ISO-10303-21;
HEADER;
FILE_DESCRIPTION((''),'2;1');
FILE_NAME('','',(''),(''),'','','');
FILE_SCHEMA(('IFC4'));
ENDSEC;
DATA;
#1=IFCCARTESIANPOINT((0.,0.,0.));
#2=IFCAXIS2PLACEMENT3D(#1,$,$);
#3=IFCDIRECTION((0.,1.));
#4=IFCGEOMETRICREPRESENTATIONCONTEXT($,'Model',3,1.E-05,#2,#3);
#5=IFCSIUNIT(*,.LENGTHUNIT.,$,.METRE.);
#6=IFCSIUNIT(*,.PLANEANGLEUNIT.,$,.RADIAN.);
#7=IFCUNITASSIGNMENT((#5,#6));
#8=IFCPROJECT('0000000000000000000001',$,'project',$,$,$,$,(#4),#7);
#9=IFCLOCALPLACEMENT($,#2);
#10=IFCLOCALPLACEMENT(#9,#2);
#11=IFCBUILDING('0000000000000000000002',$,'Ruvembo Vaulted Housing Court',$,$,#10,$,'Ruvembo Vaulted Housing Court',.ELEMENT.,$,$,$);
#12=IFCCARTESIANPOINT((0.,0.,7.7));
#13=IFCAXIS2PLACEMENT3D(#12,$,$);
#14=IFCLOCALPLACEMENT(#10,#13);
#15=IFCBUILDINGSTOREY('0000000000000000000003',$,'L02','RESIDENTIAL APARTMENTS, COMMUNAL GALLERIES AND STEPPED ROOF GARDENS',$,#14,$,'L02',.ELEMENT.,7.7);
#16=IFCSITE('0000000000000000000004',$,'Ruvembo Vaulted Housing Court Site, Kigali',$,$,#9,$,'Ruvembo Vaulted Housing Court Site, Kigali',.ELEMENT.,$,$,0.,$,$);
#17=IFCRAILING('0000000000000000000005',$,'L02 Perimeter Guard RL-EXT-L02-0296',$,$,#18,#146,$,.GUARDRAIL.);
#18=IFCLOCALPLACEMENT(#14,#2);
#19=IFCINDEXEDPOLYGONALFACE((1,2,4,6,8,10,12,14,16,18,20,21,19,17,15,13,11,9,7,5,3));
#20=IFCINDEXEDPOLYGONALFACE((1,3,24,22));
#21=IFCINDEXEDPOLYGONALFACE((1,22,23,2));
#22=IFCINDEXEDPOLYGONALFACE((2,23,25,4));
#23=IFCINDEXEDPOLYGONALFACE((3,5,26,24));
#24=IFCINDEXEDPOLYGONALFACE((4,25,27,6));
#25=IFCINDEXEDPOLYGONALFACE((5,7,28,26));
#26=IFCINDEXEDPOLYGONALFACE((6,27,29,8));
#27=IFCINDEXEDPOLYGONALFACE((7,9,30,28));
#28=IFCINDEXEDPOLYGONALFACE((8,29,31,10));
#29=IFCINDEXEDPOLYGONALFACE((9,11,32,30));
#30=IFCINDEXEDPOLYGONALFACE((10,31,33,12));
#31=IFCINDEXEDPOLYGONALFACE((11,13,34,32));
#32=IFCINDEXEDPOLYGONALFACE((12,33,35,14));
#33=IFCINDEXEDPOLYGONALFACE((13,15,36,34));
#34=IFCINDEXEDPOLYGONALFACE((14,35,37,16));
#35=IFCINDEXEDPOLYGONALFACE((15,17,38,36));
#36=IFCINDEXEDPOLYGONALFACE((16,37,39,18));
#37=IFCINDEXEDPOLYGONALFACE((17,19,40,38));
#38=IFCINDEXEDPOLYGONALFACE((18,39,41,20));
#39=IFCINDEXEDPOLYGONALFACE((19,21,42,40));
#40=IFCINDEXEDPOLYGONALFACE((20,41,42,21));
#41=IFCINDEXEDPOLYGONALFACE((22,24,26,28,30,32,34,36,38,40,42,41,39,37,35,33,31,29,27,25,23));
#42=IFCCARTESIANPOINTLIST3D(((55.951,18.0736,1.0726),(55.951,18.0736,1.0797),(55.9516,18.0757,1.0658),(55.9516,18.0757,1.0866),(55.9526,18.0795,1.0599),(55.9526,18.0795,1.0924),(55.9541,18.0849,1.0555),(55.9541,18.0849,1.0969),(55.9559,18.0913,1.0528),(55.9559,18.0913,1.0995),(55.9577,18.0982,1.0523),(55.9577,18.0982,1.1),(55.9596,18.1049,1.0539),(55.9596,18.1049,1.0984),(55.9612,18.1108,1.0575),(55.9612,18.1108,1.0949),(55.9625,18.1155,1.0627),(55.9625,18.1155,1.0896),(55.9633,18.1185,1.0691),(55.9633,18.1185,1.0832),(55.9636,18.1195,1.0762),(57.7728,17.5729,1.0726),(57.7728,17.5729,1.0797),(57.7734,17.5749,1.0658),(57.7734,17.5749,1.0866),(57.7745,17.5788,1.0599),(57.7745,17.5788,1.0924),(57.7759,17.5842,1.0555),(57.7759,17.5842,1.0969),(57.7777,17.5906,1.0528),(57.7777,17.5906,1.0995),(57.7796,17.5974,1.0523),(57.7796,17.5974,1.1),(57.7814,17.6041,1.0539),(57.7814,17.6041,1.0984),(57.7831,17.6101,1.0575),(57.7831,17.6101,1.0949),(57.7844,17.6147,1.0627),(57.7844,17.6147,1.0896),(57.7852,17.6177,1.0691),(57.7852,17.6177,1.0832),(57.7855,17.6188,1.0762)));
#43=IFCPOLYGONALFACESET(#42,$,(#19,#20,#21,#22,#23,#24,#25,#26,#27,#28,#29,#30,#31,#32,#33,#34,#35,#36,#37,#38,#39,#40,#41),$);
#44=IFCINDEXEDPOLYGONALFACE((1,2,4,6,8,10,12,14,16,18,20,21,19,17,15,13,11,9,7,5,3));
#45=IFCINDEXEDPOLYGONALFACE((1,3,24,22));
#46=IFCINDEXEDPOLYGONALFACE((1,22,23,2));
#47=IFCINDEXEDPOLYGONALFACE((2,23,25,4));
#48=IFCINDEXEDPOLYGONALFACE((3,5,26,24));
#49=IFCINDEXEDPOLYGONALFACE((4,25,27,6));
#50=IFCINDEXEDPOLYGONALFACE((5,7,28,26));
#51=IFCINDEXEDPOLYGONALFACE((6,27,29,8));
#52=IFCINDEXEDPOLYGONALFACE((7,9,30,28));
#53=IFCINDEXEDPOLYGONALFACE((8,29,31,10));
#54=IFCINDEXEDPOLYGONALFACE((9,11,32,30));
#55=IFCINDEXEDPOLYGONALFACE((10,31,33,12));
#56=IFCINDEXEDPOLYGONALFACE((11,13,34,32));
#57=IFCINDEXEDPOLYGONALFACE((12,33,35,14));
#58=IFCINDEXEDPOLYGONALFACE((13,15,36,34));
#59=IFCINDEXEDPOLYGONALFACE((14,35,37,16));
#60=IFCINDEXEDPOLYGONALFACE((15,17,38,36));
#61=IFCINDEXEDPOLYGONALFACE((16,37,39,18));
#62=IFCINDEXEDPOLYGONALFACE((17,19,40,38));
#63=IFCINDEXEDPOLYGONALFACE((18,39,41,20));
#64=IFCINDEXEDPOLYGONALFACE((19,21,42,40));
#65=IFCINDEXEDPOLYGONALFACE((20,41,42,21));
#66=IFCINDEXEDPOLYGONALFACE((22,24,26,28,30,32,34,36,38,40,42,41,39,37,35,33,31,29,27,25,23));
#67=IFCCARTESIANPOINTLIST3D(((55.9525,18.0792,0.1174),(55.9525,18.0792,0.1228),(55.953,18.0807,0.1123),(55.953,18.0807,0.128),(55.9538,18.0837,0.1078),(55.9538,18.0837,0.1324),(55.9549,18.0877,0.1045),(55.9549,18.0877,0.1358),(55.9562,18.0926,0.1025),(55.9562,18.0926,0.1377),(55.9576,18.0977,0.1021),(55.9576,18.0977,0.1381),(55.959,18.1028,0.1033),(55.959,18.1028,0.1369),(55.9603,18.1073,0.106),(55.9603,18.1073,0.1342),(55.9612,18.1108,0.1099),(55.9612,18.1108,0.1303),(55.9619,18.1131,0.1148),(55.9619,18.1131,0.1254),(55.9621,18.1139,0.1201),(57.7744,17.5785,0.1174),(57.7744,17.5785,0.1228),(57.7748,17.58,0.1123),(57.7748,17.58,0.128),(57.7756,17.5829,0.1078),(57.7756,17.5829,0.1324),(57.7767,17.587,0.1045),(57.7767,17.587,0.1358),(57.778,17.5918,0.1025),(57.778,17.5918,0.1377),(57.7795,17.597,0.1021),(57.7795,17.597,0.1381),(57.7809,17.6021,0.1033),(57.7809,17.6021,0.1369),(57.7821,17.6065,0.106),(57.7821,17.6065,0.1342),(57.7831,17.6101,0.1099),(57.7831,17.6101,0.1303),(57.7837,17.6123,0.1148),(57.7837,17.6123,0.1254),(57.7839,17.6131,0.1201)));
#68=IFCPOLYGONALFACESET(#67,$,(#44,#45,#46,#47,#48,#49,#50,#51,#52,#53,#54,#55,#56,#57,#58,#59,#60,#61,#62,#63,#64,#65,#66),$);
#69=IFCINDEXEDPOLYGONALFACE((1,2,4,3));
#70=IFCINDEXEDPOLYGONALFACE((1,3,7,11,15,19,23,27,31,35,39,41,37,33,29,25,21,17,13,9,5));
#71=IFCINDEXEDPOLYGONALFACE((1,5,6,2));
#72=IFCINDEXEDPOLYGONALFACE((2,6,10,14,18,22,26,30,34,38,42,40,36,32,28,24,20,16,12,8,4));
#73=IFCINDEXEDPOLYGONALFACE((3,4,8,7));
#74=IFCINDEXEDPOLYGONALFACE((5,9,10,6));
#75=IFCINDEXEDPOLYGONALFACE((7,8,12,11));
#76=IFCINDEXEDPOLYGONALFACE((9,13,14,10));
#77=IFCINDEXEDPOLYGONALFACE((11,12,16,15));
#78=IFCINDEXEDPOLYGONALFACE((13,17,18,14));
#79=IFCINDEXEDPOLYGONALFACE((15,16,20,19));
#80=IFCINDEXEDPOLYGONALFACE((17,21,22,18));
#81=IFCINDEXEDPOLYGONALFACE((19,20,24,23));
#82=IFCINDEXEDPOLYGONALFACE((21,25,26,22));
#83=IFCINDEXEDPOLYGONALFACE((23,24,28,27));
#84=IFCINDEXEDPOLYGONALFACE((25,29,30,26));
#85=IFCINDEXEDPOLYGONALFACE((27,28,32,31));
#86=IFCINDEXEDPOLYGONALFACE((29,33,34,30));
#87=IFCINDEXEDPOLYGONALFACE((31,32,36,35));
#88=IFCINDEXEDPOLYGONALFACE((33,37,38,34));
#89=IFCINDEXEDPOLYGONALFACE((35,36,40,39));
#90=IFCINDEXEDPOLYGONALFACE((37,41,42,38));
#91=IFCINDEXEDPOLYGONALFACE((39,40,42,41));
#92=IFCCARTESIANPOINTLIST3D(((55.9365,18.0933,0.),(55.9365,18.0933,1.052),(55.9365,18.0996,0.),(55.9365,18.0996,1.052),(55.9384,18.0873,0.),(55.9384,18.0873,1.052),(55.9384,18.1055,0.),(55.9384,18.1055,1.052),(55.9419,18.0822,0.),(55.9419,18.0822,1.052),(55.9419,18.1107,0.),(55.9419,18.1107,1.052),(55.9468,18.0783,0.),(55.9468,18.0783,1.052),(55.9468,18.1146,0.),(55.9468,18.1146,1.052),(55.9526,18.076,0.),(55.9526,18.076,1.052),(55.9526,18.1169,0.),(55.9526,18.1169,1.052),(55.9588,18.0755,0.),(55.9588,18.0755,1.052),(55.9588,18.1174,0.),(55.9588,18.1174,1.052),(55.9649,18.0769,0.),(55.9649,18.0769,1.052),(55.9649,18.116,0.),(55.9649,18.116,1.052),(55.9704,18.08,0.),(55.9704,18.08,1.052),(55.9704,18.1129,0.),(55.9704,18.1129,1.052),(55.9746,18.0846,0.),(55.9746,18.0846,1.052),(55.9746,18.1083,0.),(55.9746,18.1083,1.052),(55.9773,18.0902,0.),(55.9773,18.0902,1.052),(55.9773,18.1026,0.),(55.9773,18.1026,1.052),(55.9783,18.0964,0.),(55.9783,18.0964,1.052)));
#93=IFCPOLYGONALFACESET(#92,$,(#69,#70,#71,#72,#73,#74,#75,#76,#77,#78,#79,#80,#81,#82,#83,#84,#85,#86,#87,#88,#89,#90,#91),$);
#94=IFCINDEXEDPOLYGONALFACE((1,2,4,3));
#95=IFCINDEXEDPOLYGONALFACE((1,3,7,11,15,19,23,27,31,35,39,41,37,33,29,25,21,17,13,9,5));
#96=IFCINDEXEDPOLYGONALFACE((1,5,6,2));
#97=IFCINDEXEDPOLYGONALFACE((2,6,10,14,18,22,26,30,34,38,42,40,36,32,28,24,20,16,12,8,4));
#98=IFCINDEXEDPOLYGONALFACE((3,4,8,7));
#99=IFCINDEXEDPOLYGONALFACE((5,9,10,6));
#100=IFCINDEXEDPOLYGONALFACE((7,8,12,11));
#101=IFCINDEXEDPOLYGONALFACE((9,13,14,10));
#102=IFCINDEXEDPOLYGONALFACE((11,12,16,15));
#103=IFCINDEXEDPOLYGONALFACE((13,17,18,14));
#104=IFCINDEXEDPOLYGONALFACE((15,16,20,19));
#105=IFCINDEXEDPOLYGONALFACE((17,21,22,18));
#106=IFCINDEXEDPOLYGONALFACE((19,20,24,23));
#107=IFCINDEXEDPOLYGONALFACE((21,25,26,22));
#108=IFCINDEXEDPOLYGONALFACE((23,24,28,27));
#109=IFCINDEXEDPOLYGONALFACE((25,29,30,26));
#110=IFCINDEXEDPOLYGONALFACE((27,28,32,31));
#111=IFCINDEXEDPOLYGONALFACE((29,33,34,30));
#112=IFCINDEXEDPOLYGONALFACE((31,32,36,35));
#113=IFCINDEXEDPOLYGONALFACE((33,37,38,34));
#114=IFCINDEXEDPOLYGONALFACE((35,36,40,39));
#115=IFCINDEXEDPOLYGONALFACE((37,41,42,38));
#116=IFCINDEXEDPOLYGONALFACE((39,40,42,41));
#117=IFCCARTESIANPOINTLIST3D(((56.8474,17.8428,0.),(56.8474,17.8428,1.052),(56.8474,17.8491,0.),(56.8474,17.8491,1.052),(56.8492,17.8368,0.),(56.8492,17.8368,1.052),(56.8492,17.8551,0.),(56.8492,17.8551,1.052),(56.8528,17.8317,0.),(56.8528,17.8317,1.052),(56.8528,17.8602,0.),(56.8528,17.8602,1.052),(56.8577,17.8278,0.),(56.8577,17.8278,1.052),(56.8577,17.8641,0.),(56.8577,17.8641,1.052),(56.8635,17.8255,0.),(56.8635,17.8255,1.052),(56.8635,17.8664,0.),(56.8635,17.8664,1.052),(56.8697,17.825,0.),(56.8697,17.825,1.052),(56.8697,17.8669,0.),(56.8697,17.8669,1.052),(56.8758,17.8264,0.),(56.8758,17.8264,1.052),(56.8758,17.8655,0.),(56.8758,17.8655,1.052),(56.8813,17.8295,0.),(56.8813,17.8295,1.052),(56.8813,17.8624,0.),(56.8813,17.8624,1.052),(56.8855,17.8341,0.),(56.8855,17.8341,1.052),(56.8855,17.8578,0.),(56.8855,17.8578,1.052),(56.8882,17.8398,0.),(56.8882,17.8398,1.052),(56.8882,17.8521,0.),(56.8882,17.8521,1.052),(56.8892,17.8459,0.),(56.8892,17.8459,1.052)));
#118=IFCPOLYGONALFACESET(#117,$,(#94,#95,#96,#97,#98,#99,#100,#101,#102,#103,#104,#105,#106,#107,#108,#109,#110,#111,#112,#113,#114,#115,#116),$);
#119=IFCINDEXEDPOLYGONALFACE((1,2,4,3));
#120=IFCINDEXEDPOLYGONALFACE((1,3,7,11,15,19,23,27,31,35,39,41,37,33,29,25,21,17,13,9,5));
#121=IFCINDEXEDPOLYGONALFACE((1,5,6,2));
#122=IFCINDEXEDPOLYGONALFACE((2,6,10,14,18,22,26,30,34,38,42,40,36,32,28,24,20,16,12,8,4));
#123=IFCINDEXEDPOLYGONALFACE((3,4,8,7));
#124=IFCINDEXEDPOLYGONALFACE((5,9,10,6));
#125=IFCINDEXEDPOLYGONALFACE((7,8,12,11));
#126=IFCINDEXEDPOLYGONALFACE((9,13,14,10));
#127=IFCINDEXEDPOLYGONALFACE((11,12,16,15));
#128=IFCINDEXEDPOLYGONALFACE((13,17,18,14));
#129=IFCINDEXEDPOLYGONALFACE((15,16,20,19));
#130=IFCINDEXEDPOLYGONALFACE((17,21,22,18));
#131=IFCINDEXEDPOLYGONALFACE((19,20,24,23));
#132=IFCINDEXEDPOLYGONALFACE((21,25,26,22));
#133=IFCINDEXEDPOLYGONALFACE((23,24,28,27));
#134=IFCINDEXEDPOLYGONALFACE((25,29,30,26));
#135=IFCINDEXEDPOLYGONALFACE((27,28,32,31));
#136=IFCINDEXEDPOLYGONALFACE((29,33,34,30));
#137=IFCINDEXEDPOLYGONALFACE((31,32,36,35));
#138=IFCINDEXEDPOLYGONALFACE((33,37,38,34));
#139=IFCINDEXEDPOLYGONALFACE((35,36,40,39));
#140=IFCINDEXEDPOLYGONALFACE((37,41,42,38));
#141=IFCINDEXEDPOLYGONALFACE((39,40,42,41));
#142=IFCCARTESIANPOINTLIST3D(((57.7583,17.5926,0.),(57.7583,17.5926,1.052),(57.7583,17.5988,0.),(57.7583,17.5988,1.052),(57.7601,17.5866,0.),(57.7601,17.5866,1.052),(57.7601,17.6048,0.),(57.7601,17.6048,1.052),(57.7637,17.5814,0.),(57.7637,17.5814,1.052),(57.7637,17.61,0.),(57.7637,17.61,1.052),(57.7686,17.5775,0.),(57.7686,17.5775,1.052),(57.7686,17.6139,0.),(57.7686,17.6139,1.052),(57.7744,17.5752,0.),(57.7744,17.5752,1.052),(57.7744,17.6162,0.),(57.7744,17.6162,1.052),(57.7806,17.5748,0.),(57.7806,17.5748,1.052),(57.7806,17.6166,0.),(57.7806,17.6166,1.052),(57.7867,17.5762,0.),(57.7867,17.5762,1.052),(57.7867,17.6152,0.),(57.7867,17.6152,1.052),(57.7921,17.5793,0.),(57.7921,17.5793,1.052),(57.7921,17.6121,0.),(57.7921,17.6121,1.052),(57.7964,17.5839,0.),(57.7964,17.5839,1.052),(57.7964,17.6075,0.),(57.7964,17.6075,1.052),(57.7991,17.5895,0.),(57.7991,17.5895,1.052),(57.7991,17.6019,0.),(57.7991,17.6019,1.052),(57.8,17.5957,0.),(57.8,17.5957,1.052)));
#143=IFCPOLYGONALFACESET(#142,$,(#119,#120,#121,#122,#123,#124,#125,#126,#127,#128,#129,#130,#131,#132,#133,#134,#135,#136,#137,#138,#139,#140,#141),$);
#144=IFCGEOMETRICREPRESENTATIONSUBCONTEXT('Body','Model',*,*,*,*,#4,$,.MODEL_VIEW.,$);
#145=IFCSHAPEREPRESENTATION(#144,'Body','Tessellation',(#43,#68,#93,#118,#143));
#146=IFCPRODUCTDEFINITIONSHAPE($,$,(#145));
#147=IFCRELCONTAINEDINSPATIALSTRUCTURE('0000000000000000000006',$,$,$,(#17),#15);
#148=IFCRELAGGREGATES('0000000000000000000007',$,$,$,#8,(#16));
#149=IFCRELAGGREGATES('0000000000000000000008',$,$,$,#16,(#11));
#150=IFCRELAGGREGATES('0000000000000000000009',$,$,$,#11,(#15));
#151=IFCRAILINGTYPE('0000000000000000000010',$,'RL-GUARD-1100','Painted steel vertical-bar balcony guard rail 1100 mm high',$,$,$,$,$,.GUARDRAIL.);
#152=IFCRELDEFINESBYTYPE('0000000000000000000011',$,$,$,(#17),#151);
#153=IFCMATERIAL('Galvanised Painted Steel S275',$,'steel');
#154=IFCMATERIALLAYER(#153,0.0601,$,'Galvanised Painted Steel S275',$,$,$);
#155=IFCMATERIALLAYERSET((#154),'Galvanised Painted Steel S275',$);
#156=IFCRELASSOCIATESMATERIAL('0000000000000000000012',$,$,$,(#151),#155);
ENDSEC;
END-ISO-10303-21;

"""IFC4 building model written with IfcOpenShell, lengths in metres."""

from ifc_helpers import new_model, si_unit, direction, frame, origin, origin_2d, place, context, subcontext, project, spatial, circle, extrude, material, layer, layer_set, type_object, element, save


model = new_model("IFC4")

# Units and contexts
model_context = context("Model", 3, precision=1e-05, world=origin(), true_north=direction((0.0, 1.0)))
body_context = subcontext(model_context, "Body", "Model", "MODEL_VIEW")
ifc_project = project(units=[si_unit("LENGTHUNIT", "METRE"), si_unit("PLANEANGLEUNIT", "RADIAN")], contexts=[model_context])

# Site, building, storey
site_placement = place(None, origin())
site = spatial("IfcSite", under=ifc_project, at=site_placement, Name="Ruvembo Vaulted Housing Court Site, Kigali", LongName="Ruvembo Vaulted Housing Court Site, Kigali", CompositionType="ELEMENT", RefElevation=0.0)
building_placement = place(site_placement, origin())
building = spatial("IfcBuilding", under=site, at=building_placement, Name="Ruvembo Vaulted Housing Court", LongName="Ruvembo Vaulted Housing Court", CompositionType="ELEMENT")
storey_placement = place(building_placement, frame((0.0, 0.0, 7.7)))
storey = spatial("IfcBuildingStorey", under=building, at=storey_placement, Name="L02", Description="RESIDENTIAL APARTMENTS, COMMUNAL GALLERIES AND STEPPED ROOF GARDENS", LongName="L02", CompositionType="ELEMENT", Elevation=7.7)

# Railing
ifc_material_1 = material(Name="Galvanised Painted Steel S275", Category="steel")
ifc_layer = layer(ifc_material_1, 0.0601, Name="Galvanised Painted Steel S275")
ifc_layer_set = layer_set([ifc_layer], Name="Galvanised Painted Steel S275")
railing_type = type_object("IfcRailingType", Name="RL-GUARD-1100", Description="Painted steel vertical-bar balcony guard rail 1100 mm high", PredefinedType="GUARDRAIL", material=ifc_layer_set)
railing_1_placement = place(storey_placement, frame((55.9573, 18.0964, 0.0)))
element("IfcRailing", 1, at=railing_1_placement, inside=storey, type_object=railing_type, Name="L02 Perimeter Guard RL-EXT-L02-0296", PredefinedType="GUARDRAIL", context=body_context, shape_type="SweptSolid", body=[
    extrude(circle(Radius=0.0239, at=origin_2d()), frame((0.0, 0.0, 1.0762), z_axis=(0.96424, -0.26503, 0.0), x_axis=(0.26503, 0.96424, 0.0)), (0.0, 0.0, 1.0), 1.8894),
    extrude(circle(Radius=0.0181, at=origin_2d()), frame((0.0, 0.0, 0.1201), z_axis=(0.96424, -0.26503, 0.0), x_axis=(0.26503, 0.96424, 0.0)), (0.0, 0.0, 1.0), 1.8894),
    extrude(circle(Radius=0.021, at=origin_2d()), origin(), (0.0, 0.0, 1.0), 1.052),
    extrude(circle(Radius=0.021, at=origin_2d()), frame((0.9109, -0.2505, 0.0)), (0.0, 0.0, 1.0), 1.052),
    extrude(circle(Radius=0.021, at=origin_2d()), frame((1.8218, -0.5007, 0.0)), (0.0, 0.0, 1.0), 1.052),
])

save(model, "model.ifc")
